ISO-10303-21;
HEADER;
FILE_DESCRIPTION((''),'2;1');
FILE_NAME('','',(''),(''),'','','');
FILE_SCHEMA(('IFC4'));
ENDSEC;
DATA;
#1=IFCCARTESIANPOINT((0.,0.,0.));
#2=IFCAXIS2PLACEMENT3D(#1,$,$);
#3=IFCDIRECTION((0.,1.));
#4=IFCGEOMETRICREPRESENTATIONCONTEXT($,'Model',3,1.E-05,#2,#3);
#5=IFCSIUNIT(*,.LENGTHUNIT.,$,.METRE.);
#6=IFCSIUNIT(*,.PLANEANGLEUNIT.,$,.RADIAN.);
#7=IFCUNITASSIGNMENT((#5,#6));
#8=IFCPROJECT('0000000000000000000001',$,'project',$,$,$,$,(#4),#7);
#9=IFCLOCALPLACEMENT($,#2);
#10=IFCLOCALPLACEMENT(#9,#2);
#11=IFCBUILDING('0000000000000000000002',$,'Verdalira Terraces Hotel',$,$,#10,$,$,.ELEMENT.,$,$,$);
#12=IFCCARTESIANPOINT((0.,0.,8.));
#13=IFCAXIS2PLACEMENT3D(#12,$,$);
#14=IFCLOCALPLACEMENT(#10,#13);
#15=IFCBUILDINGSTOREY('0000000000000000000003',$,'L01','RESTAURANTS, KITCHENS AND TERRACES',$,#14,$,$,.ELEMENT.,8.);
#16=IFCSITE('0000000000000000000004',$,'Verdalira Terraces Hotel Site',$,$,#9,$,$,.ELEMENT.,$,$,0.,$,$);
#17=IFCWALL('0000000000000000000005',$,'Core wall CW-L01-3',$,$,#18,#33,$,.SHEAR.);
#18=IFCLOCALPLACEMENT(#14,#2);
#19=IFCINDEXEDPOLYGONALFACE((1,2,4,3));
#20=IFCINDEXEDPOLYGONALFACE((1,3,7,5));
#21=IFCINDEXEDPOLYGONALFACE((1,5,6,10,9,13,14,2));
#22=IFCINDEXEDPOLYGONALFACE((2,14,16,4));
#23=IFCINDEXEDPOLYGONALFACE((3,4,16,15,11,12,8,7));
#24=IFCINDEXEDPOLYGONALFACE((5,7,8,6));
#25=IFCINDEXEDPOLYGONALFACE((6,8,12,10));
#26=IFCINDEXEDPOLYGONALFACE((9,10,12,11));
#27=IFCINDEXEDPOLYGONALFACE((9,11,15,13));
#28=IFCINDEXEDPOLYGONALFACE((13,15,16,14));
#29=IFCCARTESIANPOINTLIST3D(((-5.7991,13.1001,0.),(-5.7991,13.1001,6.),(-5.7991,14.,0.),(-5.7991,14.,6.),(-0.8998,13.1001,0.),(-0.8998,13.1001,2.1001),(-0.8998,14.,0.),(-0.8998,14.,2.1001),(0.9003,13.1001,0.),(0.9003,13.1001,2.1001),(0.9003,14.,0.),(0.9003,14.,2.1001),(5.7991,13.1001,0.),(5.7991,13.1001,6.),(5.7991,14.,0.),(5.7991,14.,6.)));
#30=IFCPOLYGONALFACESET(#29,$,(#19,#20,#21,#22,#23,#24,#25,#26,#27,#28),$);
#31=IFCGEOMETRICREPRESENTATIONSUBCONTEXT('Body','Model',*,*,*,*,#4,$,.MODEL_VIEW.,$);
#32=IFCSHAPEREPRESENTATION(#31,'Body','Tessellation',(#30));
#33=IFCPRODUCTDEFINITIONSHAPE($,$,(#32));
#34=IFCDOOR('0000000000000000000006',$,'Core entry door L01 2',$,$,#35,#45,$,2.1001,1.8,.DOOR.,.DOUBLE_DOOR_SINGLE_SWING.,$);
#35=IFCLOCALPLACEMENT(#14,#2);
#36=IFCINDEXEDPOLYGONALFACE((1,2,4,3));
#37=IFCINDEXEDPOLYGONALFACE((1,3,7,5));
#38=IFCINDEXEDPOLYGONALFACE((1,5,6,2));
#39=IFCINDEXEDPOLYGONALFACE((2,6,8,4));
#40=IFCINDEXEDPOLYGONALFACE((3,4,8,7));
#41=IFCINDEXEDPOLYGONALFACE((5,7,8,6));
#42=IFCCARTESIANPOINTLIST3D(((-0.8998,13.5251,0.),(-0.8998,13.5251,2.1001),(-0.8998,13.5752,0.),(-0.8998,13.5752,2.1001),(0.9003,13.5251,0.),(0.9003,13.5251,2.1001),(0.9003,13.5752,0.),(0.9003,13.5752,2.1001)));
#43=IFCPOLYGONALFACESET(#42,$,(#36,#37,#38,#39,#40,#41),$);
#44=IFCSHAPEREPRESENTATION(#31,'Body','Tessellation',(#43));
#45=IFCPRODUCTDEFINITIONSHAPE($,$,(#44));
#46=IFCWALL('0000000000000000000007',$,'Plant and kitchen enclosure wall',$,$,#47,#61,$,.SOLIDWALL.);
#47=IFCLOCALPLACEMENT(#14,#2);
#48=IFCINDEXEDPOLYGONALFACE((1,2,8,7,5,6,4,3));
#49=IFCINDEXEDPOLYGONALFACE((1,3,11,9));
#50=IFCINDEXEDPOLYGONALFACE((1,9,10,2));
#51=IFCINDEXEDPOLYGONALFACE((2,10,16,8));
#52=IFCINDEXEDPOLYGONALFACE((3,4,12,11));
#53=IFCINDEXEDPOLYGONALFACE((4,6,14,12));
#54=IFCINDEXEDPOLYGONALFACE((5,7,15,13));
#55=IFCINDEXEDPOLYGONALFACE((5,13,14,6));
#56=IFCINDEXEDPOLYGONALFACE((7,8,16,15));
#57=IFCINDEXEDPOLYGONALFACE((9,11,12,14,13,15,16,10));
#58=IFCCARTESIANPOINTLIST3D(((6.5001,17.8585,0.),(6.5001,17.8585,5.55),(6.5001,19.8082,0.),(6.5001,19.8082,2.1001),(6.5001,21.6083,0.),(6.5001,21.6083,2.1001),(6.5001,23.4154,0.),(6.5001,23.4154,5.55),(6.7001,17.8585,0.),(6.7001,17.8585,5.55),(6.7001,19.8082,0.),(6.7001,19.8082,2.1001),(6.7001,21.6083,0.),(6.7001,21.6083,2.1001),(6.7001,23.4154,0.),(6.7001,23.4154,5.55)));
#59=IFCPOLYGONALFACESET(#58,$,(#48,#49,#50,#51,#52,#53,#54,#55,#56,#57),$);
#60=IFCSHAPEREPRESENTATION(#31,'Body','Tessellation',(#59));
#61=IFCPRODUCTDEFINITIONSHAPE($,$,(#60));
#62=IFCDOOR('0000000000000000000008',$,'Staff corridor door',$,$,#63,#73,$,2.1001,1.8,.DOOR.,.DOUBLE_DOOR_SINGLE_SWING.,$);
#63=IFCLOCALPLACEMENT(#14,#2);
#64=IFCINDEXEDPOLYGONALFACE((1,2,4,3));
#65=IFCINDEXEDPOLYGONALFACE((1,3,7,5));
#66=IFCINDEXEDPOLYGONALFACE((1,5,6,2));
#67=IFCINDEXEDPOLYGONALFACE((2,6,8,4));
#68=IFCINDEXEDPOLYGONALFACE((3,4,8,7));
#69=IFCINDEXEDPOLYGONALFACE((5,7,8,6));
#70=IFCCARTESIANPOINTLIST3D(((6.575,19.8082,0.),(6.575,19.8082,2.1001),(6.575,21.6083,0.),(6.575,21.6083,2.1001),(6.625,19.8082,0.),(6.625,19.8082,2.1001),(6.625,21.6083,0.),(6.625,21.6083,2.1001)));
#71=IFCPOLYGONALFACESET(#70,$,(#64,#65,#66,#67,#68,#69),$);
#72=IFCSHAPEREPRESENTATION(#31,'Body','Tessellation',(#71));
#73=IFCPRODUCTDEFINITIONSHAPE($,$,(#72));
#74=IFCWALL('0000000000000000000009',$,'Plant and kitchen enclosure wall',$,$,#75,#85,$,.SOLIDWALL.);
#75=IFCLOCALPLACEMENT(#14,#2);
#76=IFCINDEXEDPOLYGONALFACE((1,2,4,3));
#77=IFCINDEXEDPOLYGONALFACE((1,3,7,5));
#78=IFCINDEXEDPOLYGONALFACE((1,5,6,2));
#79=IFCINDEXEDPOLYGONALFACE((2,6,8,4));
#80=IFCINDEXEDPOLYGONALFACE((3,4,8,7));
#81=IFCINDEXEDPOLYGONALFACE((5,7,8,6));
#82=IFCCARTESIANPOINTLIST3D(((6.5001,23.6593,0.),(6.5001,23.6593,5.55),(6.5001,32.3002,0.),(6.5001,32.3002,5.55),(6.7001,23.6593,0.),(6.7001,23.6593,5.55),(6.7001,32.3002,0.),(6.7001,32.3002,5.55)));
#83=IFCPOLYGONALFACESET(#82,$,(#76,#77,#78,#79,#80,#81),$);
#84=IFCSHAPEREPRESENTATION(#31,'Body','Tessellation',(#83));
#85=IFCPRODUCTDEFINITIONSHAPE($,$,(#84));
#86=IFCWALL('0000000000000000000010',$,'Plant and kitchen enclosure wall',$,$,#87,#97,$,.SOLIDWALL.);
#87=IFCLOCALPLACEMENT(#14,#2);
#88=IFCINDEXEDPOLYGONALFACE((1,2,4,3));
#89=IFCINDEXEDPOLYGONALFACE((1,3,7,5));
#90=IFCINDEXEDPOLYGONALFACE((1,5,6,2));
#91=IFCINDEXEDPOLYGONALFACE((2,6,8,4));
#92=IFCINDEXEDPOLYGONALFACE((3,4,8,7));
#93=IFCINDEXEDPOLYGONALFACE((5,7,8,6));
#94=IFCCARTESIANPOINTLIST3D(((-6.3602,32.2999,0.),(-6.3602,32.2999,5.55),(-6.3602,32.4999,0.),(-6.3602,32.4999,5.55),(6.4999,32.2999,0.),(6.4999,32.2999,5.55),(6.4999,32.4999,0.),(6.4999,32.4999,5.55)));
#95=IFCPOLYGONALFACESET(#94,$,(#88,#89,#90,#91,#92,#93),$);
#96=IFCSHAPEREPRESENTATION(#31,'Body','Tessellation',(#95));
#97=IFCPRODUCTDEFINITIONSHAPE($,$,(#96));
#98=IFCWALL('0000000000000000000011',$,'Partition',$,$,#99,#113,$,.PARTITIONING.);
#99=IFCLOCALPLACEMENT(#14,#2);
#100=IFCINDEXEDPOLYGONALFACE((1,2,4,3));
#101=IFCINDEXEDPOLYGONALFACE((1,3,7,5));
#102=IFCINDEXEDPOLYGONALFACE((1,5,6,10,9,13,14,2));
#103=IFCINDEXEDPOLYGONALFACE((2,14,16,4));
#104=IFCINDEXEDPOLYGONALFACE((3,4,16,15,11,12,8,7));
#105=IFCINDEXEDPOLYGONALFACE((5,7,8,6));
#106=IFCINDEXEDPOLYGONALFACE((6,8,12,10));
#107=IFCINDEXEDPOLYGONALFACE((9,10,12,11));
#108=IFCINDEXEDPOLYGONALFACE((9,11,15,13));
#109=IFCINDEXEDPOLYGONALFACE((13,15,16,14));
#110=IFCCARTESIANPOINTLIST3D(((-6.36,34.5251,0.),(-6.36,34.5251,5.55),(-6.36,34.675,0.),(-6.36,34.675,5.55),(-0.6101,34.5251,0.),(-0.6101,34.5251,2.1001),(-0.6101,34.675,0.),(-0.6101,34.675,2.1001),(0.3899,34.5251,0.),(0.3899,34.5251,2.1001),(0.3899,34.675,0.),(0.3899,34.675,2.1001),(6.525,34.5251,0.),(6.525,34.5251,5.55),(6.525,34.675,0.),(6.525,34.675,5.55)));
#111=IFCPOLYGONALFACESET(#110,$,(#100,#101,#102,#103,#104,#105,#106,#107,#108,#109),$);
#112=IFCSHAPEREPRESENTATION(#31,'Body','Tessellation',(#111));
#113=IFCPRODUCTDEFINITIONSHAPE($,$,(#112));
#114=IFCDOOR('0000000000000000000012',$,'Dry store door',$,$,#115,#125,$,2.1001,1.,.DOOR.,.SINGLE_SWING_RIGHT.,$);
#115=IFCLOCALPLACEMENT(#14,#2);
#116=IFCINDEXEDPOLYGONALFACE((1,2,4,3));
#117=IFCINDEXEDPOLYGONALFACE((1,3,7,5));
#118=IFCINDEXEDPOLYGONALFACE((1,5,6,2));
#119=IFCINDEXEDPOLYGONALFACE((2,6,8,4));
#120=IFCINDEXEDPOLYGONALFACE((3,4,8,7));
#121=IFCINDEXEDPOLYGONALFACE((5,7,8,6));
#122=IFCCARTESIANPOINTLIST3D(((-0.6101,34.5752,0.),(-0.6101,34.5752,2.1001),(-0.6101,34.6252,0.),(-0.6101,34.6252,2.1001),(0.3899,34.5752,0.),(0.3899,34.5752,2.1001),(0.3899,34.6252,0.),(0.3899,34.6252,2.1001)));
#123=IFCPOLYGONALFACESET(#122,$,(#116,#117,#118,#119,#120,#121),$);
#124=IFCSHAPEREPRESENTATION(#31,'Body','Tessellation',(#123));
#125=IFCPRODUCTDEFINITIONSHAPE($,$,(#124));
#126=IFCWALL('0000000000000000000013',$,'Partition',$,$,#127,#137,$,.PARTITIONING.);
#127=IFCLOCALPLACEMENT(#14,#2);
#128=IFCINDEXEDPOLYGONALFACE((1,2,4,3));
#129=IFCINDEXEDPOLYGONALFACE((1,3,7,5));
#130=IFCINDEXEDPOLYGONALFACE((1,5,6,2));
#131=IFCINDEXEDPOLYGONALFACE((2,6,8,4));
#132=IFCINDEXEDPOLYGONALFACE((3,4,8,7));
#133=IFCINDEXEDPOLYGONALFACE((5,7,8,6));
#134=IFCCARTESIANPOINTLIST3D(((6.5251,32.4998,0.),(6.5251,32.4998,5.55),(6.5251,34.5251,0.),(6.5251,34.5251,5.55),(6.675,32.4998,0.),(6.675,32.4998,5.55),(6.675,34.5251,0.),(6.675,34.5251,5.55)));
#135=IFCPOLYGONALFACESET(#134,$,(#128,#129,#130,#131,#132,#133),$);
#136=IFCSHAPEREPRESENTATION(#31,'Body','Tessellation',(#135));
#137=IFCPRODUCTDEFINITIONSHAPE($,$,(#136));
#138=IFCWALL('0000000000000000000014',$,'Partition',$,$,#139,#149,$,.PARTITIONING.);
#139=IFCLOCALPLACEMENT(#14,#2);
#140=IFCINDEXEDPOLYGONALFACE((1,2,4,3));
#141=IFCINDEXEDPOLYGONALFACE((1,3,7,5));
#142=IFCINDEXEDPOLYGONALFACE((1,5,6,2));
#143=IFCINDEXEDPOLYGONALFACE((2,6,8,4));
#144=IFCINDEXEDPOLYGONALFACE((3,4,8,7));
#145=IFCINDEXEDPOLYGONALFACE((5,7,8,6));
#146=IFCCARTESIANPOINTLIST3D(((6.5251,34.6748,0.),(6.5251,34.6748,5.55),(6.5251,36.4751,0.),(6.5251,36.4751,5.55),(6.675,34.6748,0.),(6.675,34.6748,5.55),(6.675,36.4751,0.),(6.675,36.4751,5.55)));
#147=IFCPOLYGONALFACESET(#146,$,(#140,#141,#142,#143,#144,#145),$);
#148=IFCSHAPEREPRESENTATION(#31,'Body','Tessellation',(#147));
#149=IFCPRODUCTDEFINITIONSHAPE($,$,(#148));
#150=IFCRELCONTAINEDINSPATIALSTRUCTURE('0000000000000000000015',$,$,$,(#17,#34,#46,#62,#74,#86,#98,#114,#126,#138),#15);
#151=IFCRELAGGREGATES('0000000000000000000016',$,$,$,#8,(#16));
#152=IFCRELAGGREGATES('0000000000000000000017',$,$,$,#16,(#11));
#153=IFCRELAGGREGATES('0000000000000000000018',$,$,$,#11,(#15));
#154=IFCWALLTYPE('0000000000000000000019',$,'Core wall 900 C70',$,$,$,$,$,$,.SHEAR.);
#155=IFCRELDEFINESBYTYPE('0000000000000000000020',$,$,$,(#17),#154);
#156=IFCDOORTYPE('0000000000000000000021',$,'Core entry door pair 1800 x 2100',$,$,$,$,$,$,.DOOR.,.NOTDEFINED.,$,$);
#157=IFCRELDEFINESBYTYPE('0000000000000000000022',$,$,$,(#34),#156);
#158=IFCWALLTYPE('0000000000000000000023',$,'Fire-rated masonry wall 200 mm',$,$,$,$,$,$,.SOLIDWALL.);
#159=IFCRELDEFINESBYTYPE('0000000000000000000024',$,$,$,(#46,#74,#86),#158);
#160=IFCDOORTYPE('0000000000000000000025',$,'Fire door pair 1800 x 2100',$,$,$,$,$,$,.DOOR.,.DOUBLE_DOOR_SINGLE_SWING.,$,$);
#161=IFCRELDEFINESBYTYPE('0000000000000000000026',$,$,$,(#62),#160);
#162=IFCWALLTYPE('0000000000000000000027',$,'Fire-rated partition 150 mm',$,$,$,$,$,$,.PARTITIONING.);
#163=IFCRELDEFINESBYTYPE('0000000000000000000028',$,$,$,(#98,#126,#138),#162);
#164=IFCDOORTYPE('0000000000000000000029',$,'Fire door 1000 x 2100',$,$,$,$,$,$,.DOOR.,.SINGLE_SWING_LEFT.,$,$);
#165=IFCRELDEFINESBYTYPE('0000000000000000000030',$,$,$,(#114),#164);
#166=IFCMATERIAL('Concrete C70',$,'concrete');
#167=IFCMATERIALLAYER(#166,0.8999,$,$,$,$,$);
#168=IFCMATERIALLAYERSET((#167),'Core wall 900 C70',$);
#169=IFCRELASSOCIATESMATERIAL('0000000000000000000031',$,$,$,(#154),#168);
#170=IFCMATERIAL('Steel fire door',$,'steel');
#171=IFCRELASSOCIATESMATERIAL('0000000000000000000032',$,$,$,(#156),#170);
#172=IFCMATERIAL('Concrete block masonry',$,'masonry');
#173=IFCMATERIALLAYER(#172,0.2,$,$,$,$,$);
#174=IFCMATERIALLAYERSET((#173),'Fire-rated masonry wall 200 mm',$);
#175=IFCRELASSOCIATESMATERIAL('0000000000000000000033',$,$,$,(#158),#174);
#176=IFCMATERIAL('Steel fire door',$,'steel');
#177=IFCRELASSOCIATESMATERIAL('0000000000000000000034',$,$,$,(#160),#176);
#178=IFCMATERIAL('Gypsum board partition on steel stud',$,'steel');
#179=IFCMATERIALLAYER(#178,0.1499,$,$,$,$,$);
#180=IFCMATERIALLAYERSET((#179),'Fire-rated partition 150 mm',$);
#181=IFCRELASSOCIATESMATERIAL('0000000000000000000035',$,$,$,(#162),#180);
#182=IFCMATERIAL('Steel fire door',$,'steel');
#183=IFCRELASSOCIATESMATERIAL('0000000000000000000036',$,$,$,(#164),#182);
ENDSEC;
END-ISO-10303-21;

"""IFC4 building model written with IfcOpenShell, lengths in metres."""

from ifc_helpers import new_model, si_unit, direction, frame, frame_2d, origin, place, context, subcontext, project, spatial, rectangle, extrude, material, layer, layer_set, type_object, element, fill, save


model = new_model("IFC4")

# Units and contexts
model_context = context("Model", 3, precision=1e-05, world=origin(), true_north=direction((0.0, 1.0)))
body_context = subcontext(model_context, "Body", "Model", "MODEL_VIEW")
ifc_project = project(units=[si_unit("LENGTHUNIT", "METRE"), si_unit("PLANEANGLEUNIT", "RADIAN")], contexts=[model_context])

# Site, building, storey
site_placement = place(None, origin())
site = spatial("IfcSite", under=ifc_project, at=site_placement, Name="Verdalira Terraces Hotel Site", CompositionType="ELEMENT", RefElevation=0.0)
building_placement = place(site_placement, origin())
building = spatial("IfcBuilding", under=site, at=building_placement, Name="Verdalira Terraces Hotel", CompositionType="ELEMENT")
storey_placement = place(building_placement, frame((0.0, 0.0, 8.0)))
storey = spatial("IfcBuildingStorey", under=building, at=storey_placement, Name="L01", Description="RESTAURANTS, KITCHENS AND TERRACES", CompositionType="ELEMENT", Elevation=8.0)

# Walls, openings, doors
ifc_material_1 = material(Name="Concrete C70", Category="concrete")
ifc_layer_1 = layer(ifc_material_1, 0.8999)
ifc_layer_set_1 = layer_set([ifc_layer_1], Name="Core wall 900 C70")
wall_type_1 = type_object("IfcWallType", Name="Core wall 900 C70", PredefinedType="SHEAR", material=ifc_layer_set_1)
wall_1_placement = place(storey_placement, frame((5.7991, 13.55, 0.0), z_axis=(0.0, 0.0, 1.0), x_axis=(-1.0, 0.0, 0.0)))
wall_1 = element("IfcWall", 1, at=wall_1_placement, inside=storey, type_object=wall_type_1, Name="Core wall CW-L01-3", PredefinedType="SHEAR", context=body_context, shape_type="SweptSolid", body=[
    extrude(rectangle(XDim=11.5981, YDim=0.8999, at=frame_2d((5.7991, 0.0))), origin(), (0.0, 0.0, 1.0), 6.0),
])
opening_1_placement = place(wall_1_placement, frame((4.8989, 0.0, 0.0)))
opening_1 = element("IfcOpeningElement", 2, at=opening_1_placement, cuts=wall_1, PredefinedType="OPENING", context=body_context, shape_type="SweptSolid", body=[
    extrude(rectangle(XDim=1.8, YDim=2.1001, at=frame_2d((0.8999, 1.05))), frame((0.0, 0.46, 0.0), z_axis=(0.0, -1.0, 0.0), x_axis=(1.0, 0.0, 0.0)), (0.0, 0.0, 1.0), 0.9199),
])
ifc_material_2 = material(Name="Steel fire door", Category="steel")
door_type_1 = type_object("IfcDoorType", Name="Core entry door pair 1800 x 2100", OperationType="NOTDEFINED", PredefinedType="DOOR", material=ifc_material_2)
door_1_placement = place(opening_1_placement, origin())
door_1 = element("IfcDoor", 3, at=door_1_placement, inside=storey, type_object=door_type_1, Name="Core entry door L01 2", OperationType="DOUBLE_DOOR_SINGLE_SWING", OverallHeight=2.1001, OverallWidth=1.8, PredefinedType="DOOR", context=body_context, shape_type="SweptSolid", body=[
    extrude(rectangle(XDim=1.8, YDim=2.1001, at=frame_2d((0.8999, 1.05))), frame((0.0, 0.0249, 0.0), z_axis=(0.0, -1.0, 0.0), x_axis=(1.0, 0.0, 0.0)), (0.0, 0.0, 1.0), 0.05),
])
fill(opening_1, door_1)
ifc_material_3 = material(Name="Concrete block masonry", Category="masonry")
ifc_layer_2 = layer(ifc_material_3, 0.2)
ifc_layer_set_2 = layer_set([ifc_layer_2], Name="Fire-rated masonry wall 200 mm")
wall_type_2 = type_object("IfcWallType", Name="Fire-rated masonry wall 200 mm", PredefinedType="SOLIDWALL", material=ifc_layer_set_2)
wall_2_placement = place(storey_placement, frame((6.6001, 23.4153, 0.0), z_axis=(0.0, 0.0, 1.0), x_axis=(0.0, -1.0, 0.0)))
wall_2 = element("IfcWall", 4, at=wall_2_placement, inside=storey, type_object=wall_type_2, Name="Plant and kitchen enclosure wall", PredefinedType="SOLIDWALL", context=body_context, shape_type="SweptSolid", body=[
    extrude(rectangle(XDim=5.5569, YDim=0.2, at=frame_2d((2.7783, 0.0))), origin(), (0.0, 0.0, 1.0), 5.55),
])
opening_2_placement = place(wall_2_placement, frame((1.8071, 0.0, 0.0)))
opening_2 = element("IfcOpeningElement", 5, at=opening_2_placement, cuts=wall_2, PredefinedType="OPENING", context=body_context, shape_type="SweptSolid", body=[
    extrude(rectangle(XDim=1.8, YDim=2.1001, at=frame_2d((0.8999, 1.05))), frame((0.0, 0.1099, 0.0), z_axis=(0.0, -1.0, 0.0), x_axis=(1.0, 0.0, 0.0)), (0.0, 0.0, 1.0), 0.22),
])
ifc_material_4 = material(Name="Steel fire door", Category="steel")
door_type_2 = type_object("IfcDoorType", Name="Fire door pair 1800 x 2100", OperationType="DOUBLE_DOOR_SINGLE_SWING", PredefinedType="DOOR", material=ifc_material_4)
door_2_placement = place(opening_2_placement, origin())
door_2 = element("IfcDoor", 6, at=door_2_placement, inside=storey, type_object=door_type_2, Name="Staff corridor door", OperationType="DOUBLE_DOOR_SINGLE_SWING", OverallHeight=2.1001, OverallWidth=1.8, PredefinedType="DOOR", context=body_context, shape_type="SweptSolid", body=[
    extrude(rectangle(XDim=1.8, YDim=2.1001, at=frame_2d((0.8999, 1.05))), frame((0.0, 0.0249, 0.0), z_axis=(0.0, -1.0, 0.0), x_axis=(1.0, 0.0, 0.0)), (0.0, 0.0, 1.0), 0.05),
])
fill(opening_2, door_2)

# Walls
wall_3_placement = place(storey_placement, frame((6.6001, 23.6594, 0.0), z_axis=(0.0, 0.0, 1.0), x_axis=(0.0, 1.0, 0.0)))
element("IfcWall", 7, at=wall_3_placement, inside=storey, type_object=wall_type_2, Name="Plant and kitchen enclosure wall", PredefinedType="SOLIDWALL", context=body_context, shape_type="SweptSolid", body=[
    extrude(rectangle(XDim=8.6409, YDim=0.2, at=frame_2d((4.3203, 0.0))), origin(), (0.0, 0.0, 1.0), 5.55),
])
wall_4_placement = place(storey_placement, frame((6.5, 32.3999, 0.0), z_axis=(0.0, 0.0, 1.0), x_axis=(-1.0, 0.0, 0.0)))
element("IfcWall", 8, at=wall_4_placement, inside=storey, type_object=wall_type_2, Name="Plant and kitchen enclosure wall", PredefinedType="SOLIDWALL", context=body_context, shape_type="SweptSolid", body=[
    extrude(rectangle(XDim=12.8601, YDim=0.2, at=frame_2d((6.4302, 0.0))), origin(), (0.0, 0.0, 1.0), 5.55),
])

# Wall, opening, door
ifc_material_5 = material(Name="Gypsum board partition on steel stud", Category="steel")
ifc_layer_3 = layer(ifc_material_5, 0.1499)
ifc_layer_set_3 = layer_set([ifc_layer_3], Name="Fire-rated partition 150 mm")
wall_type_3 = type_object("IfcWallType", Name="Fire-rated partition 150 mm", PredefinedType="PARTITIONING", material=ifc_layer_set_3)
wall_5_placement = place(storey_placement, frame((6.5249, 34.6001, 0.0), z_axis=(0.0, 0.0, 1.0), x_axis=(-1.0, 0.0, 0.0)))
wall_5 = element("IfcWall", 9, at=wall_5_placement, inside=storey, type_object=wall_type_3, Name="Partition", PredefinedType="PARTITIONING", context=body_context, shape_type="SweptSolid", body=[
    extrude(rectangle(XDim=12.885, YDim=0.1499, at=frame_2d((6.4424, 0.0))), origin(), (0.0, 0.0, 1.0), 5.55),
])
opening_3_placement = place(wall_5_placement, frame((6.135, 0.0, 0.0)))
opening_3 = element("IfcOpeningElement", 10, at=opening_3_placement, cuts=wall_5, PredefinedType="OPENING", context=body_context, shape_type="SweptSolid", body=[
    extrude(rectangle(XDim=1.0, YDim=2.1001, at=frame_2d((0.5, 1.05))), frame((0.0, 0.085, 0.0), z_axis=(0.0, -1.0, 0.0), x_axis=(1.0, 0.0, 0.0)), (0.0, 0.0, 1.0), 0.1699),
])
ifc_material_6 = material(Name="Steel fire door", Category="steel")
door_type_3 = type_object("IfcDoorType", Name="Fire door 1000 x 2100", OperationType="SINGLE_SWING_LEFT", PredefinedType="DOOR", material=ifc_material_6)
door_3_placement = place(opening_3_placement, origin())
door_3 = element("IfcDoor", 11, at=door_3_placement, inside=storey, type_object=door_type_3, Name="Dry store door", OperationType="SINGLE_SWING_RIGHT", OverallHeight=2.1001, OverallWidth=1.0, PredefinedType="DOOR", context=body_context, shape_type="SweptSolid", body=[
    extrude(rectangle(XDim=1.0, YDim=2.1001, at=frame_2d((0.5, 1.05))), frame((0.0, 0.0249, 0.0), z_axis=(0.0, -1.0, 0.0), x_axis=(1.0, 0.0, 0.0)), (0.0, 0.0, 1.0), 0.05),
])
fill(opening_3, door_3)

# Walls
wall_6_placement = place(storey_placement, frame((6.6001, 32.4998, 0.0), z_axis=(0.0, 0.0, 1.0), x_axis=(0.0, 1.0, 0.0)))
element("IfcWall", 12, at=wall_6_placement, inside=storey, type_object=wall_type_3, Name="Partition", PredefinedType="PARTITIONING", context=body_context, shape_type="SweptSolid", body=[
    extrude(rectangle(XDim=2.0254, YDim=0.1499, at=frame_2d((1.0127, 0.0))), origin(), (0.0, 0.0, 1.0), 5.55),
])
wall_7_placement = place(storey_placement, frame((6.6001, 34.6748, 0.0), z_axis=(0.0, 0.0, 1.0), x_axis=(0.0, 1.0, 0.0)))
element("IfcWall", 13, at=wall_7_placement, inside=storey, type_object=wall_type_3, Name="Partition", PredefinedType="PARTITIONING", context=body_context, shape_type="SweptSolid", body=[
    extrude(rectangle(XDim=1.8003, YDim=0.1499, at=frame_2d((0.9001, 0.0))), origin(), (0.0, 0.0, 1.0), 5.55),
])

save(model, "model.ifc")
